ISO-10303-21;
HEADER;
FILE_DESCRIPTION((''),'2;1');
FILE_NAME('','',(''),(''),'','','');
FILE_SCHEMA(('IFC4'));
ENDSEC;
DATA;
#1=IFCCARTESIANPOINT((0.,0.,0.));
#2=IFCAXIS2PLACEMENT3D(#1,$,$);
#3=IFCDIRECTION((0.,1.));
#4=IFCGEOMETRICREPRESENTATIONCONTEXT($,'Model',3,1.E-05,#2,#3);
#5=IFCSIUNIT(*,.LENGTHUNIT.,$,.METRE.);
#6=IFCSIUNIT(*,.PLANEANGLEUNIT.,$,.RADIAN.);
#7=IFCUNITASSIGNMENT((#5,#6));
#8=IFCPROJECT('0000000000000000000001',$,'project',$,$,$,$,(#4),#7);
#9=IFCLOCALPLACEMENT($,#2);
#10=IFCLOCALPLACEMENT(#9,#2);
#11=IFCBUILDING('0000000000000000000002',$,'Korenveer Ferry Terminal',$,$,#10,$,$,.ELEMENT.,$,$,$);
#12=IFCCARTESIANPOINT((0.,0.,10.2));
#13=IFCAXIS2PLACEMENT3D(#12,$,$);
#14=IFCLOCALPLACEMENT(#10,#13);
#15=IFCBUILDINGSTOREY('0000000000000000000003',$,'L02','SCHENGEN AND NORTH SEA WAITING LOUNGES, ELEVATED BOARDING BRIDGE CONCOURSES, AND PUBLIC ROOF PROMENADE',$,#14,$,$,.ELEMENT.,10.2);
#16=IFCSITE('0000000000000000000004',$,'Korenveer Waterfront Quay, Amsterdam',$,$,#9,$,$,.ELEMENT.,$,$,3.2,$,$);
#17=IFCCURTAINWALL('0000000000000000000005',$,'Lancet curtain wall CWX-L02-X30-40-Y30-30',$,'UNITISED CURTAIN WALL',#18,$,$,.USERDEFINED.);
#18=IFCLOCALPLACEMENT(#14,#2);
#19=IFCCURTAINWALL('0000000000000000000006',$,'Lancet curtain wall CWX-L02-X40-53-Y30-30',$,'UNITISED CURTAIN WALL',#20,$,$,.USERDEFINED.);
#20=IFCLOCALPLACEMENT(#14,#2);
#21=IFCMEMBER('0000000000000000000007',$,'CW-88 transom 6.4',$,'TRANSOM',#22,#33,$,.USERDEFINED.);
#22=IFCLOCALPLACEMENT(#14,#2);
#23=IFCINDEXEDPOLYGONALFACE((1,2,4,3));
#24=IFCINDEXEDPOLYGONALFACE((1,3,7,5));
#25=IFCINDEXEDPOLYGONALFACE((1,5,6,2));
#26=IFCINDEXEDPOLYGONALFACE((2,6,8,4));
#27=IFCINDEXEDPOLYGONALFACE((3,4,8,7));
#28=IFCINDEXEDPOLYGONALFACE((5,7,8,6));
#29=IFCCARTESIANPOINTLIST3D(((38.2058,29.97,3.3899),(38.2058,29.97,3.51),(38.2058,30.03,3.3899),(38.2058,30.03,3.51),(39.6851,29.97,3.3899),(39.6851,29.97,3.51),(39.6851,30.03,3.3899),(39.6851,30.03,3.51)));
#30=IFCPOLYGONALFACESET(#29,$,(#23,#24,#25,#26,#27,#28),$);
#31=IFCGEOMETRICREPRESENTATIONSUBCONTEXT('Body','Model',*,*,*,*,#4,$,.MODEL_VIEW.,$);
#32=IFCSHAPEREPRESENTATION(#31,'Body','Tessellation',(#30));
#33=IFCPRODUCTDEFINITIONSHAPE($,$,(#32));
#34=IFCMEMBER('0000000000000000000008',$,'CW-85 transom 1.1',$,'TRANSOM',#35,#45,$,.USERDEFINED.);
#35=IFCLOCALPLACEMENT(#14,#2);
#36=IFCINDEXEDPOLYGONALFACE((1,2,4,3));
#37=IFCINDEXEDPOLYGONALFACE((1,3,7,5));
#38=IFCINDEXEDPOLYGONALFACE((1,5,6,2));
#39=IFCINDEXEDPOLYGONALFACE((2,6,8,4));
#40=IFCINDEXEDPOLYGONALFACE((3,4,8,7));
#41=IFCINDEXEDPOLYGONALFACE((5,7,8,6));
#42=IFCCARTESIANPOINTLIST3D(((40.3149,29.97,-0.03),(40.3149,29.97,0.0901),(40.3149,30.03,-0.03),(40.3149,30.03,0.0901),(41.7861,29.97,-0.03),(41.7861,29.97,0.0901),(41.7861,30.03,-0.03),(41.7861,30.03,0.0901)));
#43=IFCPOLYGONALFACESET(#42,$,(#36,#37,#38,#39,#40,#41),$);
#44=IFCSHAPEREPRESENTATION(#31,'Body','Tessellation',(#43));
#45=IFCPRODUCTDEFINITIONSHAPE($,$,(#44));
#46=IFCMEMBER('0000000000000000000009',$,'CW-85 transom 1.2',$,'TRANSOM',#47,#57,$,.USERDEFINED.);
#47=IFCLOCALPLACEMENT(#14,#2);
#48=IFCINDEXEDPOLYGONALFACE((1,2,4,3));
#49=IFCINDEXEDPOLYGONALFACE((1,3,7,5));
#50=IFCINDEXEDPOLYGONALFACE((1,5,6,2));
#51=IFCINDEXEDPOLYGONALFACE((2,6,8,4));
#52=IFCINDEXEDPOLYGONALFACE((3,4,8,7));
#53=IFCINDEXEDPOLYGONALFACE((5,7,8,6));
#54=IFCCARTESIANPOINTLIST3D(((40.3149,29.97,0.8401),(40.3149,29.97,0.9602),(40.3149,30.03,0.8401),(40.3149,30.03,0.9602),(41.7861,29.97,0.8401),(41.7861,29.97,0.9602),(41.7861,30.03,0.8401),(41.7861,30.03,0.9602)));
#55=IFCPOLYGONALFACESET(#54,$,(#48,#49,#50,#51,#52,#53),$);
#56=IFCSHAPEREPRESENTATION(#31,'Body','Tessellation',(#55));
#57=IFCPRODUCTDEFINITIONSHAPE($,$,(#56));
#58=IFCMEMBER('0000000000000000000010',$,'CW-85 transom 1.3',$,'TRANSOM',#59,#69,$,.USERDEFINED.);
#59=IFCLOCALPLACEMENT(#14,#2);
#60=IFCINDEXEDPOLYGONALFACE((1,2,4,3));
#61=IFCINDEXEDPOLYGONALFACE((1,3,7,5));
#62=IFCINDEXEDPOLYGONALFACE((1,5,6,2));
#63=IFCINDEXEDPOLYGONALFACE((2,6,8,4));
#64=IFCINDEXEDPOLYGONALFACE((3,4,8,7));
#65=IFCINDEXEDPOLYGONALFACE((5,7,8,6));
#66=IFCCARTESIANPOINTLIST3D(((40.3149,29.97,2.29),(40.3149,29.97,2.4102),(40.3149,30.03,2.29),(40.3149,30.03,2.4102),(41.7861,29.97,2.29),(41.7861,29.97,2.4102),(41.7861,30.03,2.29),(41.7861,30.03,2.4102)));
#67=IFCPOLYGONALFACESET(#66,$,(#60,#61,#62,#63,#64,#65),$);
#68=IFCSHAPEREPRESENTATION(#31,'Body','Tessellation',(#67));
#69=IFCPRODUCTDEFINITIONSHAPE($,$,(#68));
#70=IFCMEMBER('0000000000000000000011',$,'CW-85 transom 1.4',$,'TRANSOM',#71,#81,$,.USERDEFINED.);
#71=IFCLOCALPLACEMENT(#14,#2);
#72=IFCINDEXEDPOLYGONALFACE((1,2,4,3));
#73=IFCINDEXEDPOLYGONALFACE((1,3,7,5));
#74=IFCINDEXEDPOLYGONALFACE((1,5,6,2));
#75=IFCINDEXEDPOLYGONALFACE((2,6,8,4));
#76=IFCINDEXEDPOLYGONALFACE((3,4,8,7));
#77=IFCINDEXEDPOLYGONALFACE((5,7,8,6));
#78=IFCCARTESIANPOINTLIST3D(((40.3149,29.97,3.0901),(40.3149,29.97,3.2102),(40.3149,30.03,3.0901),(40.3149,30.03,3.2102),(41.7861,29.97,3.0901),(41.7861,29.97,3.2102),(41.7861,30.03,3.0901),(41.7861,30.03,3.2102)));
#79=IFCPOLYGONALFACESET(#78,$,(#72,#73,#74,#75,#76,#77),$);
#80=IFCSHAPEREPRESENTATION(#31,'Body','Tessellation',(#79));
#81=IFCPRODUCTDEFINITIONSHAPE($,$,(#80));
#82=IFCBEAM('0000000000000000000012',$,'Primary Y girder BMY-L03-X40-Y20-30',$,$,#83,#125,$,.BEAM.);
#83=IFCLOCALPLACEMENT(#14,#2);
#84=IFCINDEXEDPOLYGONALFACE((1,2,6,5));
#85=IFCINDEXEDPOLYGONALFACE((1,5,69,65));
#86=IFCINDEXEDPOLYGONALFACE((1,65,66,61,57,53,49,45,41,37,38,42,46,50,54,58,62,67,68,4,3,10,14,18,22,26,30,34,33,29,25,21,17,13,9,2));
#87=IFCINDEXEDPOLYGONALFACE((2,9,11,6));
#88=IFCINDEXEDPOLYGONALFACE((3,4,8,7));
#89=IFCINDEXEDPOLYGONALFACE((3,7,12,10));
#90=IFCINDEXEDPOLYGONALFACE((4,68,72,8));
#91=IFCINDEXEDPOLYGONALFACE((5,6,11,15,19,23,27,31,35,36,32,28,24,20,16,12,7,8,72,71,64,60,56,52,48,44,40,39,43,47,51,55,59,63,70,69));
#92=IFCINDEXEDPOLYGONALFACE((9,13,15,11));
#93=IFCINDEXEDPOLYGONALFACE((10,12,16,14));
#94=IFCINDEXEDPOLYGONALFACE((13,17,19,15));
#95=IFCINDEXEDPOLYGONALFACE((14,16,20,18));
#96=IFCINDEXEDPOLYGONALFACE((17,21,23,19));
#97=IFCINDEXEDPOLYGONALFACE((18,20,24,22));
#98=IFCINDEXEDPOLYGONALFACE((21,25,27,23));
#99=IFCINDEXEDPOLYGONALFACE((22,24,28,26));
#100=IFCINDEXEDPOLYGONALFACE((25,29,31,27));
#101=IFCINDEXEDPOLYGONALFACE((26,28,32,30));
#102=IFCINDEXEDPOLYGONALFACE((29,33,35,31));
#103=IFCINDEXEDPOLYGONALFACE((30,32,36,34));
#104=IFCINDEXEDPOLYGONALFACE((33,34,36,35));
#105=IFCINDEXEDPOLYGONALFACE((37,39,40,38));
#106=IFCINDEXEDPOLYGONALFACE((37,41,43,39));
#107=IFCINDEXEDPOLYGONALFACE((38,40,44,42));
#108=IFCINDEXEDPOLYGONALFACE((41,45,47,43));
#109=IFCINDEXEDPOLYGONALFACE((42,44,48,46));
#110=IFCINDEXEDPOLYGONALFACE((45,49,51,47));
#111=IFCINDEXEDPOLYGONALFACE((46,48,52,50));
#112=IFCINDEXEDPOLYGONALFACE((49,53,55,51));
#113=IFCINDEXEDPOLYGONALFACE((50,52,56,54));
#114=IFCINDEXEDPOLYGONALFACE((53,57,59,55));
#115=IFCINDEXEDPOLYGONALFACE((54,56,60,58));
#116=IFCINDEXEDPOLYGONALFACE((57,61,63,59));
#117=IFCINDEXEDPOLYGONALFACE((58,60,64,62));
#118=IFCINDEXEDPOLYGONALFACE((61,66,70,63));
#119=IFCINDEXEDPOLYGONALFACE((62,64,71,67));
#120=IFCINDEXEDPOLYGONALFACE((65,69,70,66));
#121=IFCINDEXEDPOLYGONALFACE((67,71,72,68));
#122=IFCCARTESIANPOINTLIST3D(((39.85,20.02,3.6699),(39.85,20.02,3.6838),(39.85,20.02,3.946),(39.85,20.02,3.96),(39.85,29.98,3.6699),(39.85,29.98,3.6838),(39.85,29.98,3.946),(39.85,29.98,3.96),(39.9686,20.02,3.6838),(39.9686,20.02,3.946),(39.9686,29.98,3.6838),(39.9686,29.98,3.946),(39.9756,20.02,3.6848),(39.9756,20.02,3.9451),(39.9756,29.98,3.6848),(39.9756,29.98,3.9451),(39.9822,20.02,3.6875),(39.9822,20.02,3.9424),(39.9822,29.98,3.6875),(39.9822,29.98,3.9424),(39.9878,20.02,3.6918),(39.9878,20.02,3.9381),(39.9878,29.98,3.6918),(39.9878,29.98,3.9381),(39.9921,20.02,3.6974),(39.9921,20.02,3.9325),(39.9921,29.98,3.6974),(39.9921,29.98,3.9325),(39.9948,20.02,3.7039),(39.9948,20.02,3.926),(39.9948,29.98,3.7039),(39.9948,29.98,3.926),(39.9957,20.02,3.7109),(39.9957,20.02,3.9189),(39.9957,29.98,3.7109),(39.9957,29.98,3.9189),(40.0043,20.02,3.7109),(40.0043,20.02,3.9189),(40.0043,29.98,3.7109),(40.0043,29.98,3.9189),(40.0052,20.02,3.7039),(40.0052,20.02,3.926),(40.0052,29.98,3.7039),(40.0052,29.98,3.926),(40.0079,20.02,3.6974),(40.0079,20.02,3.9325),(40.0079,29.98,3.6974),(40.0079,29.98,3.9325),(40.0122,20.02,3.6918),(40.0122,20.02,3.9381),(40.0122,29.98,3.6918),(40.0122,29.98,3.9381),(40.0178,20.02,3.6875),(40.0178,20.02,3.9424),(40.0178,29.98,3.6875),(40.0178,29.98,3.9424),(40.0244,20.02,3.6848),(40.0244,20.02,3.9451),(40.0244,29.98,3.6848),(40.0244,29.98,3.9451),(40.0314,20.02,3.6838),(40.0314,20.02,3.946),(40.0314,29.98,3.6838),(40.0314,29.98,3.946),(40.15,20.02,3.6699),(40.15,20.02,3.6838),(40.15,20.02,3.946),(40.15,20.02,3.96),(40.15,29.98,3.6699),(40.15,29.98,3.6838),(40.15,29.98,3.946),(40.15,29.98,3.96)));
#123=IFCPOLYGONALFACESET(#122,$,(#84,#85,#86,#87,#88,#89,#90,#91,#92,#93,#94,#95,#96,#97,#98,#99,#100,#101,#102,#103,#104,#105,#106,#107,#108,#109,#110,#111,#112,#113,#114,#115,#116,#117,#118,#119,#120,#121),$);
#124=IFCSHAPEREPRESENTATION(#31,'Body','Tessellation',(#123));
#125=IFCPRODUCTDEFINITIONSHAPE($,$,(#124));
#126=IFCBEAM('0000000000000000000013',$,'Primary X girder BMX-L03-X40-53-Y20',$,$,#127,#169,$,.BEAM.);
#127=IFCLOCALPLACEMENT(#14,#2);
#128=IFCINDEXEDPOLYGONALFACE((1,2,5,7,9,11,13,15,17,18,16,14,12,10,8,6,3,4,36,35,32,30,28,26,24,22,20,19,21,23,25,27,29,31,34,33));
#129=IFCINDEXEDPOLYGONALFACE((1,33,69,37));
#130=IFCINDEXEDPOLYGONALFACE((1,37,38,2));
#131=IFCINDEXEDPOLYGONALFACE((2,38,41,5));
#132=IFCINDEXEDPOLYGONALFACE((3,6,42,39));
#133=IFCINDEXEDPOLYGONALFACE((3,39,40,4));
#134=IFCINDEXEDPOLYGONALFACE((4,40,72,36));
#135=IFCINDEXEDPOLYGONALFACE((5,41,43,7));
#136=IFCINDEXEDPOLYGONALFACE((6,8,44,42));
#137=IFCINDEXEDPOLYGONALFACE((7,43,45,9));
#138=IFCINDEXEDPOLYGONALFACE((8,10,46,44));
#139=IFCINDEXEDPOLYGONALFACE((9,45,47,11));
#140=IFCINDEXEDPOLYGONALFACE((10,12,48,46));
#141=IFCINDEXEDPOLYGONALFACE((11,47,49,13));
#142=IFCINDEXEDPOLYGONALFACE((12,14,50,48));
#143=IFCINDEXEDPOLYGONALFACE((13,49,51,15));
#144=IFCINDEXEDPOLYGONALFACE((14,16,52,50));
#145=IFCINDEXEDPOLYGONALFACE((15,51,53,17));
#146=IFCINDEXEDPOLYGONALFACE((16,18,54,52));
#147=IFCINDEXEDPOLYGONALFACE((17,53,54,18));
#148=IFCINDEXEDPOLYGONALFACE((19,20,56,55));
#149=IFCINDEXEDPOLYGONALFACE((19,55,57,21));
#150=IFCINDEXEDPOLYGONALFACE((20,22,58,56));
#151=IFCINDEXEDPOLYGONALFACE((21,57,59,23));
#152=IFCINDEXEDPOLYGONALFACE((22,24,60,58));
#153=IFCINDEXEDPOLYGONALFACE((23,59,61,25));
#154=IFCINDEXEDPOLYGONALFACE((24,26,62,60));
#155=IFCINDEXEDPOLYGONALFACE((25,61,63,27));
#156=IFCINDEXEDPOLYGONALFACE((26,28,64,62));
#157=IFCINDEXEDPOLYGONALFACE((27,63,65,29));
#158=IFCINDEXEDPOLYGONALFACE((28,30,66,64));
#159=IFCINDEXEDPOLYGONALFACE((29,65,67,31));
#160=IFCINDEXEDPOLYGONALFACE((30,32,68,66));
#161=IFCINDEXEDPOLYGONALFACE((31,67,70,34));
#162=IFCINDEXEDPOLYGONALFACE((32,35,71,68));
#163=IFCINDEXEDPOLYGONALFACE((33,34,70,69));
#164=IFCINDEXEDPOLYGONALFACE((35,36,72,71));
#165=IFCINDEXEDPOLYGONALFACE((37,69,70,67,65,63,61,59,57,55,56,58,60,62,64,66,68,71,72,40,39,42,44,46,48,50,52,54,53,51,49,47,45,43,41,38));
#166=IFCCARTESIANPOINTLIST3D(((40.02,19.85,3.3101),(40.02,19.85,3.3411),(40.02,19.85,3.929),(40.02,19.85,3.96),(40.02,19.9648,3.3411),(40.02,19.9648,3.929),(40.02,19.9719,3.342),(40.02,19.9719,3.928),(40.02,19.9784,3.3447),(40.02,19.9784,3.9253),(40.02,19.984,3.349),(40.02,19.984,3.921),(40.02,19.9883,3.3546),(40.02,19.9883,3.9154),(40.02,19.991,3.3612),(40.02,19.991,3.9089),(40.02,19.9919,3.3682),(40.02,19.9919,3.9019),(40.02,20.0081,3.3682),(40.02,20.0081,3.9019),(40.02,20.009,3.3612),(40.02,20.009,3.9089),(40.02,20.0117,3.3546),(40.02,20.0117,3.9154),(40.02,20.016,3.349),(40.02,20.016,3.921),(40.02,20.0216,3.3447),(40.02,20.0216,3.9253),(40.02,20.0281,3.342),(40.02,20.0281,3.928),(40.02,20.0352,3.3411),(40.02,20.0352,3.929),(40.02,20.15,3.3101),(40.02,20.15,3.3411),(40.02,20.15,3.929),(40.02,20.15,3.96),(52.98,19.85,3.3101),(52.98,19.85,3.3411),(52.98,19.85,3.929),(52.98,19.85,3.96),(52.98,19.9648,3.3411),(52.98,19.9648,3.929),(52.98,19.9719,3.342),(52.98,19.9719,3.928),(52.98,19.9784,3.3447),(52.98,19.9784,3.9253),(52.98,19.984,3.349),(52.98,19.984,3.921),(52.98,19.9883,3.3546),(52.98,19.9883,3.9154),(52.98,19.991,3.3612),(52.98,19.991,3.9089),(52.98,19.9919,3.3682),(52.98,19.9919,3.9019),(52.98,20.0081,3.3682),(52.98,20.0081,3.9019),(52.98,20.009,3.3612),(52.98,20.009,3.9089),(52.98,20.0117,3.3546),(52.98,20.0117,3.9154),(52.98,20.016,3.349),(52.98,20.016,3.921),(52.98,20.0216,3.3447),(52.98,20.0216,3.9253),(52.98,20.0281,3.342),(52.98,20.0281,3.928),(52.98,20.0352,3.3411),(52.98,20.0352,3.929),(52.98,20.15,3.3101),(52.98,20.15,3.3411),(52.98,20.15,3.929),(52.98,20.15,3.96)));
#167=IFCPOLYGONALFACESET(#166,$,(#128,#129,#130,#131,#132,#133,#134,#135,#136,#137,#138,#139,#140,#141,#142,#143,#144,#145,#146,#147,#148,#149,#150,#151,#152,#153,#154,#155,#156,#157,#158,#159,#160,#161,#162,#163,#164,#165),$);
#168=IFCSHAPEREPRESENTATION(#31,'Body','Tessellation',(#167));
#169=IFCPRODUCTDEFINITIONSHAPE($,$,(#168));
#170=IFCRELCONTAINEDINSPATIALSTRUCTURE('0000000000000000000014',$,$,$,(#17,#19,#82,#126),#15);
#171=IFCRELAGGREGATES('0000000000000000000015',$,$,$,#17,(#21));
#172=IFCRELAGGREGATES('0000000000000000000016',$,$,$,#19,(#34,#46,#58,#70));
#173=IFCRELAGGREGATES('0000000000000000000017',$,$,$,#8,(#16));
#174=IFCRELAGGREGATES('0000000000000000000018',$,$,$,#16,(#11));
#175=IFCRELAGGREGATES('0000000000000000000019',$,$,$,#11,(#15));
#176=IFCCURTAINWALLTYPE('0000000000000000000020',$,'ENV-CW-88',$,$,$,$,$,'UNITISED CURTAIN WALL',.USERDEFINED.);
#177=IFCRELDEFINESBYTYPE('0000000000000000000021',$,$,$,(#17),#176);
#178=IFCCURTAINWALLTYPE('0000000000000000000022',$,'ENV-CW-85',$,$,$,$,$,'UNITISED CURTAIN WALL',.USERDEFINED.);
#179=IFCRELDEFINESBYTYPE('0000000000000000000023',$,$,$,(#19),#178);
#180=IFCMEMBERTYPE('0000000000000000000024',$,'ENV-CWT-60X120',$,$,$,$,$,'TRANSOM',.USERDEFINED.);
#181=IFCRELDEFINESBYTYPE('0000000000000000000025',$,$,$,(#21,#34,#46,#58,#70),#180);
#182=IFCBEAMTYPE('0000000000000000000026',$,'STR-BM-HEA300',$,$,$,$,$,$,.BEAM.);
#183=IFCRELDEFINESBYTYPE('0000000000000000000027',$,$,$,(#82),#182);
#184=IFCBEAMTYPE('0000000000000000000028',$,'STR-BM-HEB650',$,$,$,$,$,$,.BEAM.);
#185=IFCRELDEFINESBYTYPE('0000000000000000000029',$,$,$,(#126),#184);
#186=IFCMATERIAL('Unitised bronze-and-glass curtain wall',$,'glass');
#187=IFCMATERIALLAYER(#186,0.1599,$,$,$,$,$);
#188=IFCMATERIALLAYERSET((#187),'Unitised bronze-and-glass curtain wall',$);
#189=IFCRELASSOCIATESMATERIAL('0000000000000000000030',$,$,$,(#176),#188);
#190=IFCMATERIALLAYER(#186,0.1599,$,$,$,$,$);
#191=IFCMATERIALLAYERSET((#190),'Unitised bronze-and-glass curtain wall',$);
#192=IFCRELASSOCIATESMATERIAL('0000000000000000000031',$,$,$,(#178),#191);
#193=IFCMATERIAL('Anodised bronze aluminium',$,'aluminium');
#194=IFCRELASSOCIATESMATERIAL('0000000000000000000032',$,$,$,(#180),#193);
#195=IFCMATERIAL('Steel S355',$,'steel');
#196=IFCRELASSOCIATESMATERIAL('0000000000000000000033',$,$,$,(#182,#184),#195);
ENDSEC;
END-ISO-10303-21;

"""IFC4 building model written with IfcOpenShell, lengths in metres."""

from ifc_helpers import new_model, si_unit, direction, frame, origin, origin_2d, place, context, subcontext, project, spatial, rectangle, i_section, extrude, material, layer, layer_set, material_profile, profile_set, type_object, element, aggregate, save


model = new_model("IFC4")

# Units and contexts
model_context = context("Model", 3, precision=1e-05, world=origin(), true_north=direction((0.0, 1.0)))
body_context = subcontext(model_context, "Body", "Model", "MODEL_VIEW")
ifc_project = project(units=[si_unit("LENGTHUNIT", "METRE"), si_unit("PLANEANGLEUNIT", "RADIAN")], contexts=[model_context])

# Site, building, storey
site_placement = place(None, origin())
site = spatial("IfcSite", under=ifc_project, at=site_placement, Name="Korenveer Waterfront Quay, Amsterdam", CompositionType="ELEMENT", RefElevation=3.2)
building_placement = place(site_placement, origin())
building = spatial("IfcBuilding", under=site, at=building_placement, Name="Korenveer Ferry Terminal", CompositionType="ELEMENT")
storey_placement = place(building_placement, frame((0.0, 0.0, 10.2)))
storey = spatial("IfcBuildingStorey", under=building, at=storey_placement, Name="L02", Description="SCHENGEN AND NORTH SEA WAITING LOUNGES, ELEVATED BOARDING BRIDGE CONCOURSES, AND PUBLIC ROOF PROMENADE", CompositionType="ELEMENT", Elevation=10.2)

# Curtain wall
ifc_material_1 = material(Name="Unitised bronze-and-glass curtain wall", Category="glass")
ifc_material_2 = material(Name="Anodised bronze aluminium", Category="aluminium")
ifc_layer_1 = layer(ifc_material_1, 0.1599)
ifc_layer_set_1 = layer_set([ifc_layer_1], Name="Unitised bronze-and-glass curtain wall")
curtain_wall_type_1 = type_object("IfcCurtainWallType", Name="ENV-CW-88", ElementType="UNITISED CURTAIN WALL", PredefinedType="USERDEFINED", material=ifc_layer_set_1)
curtain_wall_1_placement = place(storey_placement, frame((30.3301, 30.0, 0.0)))
curtain_wall_1 = element("IfcCurtainWall", 1, at=curtain_wall_1_placement, inside=storey, type_object=curtain_wall_type_1, Name="Lancet curtain wall CWX-L02-X30-40-Y30-30", ObjectType="UNITISED CURTAIN WALL", PredefinedType="USERDEFINED")

# Curtain wall
ifc_layer_2 = layer(ifc_material_1, 0.1599)
ifc_layer_set_2 = layer_set([ifc_layer_2], Name="Unitised bronze-and-glass curtain wall")
curtain_wall_type_2 = type_object("IfcCurtainWallType", Name="ENV-CW-85", ElementType="UNITISED CURTAIN WALL", PredefinedType="USERDEFINED", material=ifc_layer_set_2)
curtain_wall_2_placement = place(storey_placement, frame((40.2549, 30.0, 0.0)))
curtain_wall_2 = element("IfcCurtainWall", 2, at=curtain_wall_2_placement, inside=storey, type_object=curtain_wall_type_2, Name="Lancet curtain wall CWX-L02-X40-53-Y30-30", ObjectType="UNITISED CURTAIN WALL", PredefinedType="USERDEFINED")

# Members
ifc_material_profile_1 = material_profile(ifc_material_2, rectangle(XDim=0.0601, YDim=0.1201, at=origin_2d()), Name="ALU 60x120")
ifc_profile_set_1 = profile_set([ifc_material_profile_1], Name="Anodised bronze aluminium")
member_type_1 = type_object("IfcMemberType", Name="ENV-CWT-60X120", ElementType="TRANSOM", PredefinedType="USERDEFINED", material=ifc_profile_set_1)
member_1_placement = place(storey_placement, frame((38.2058, 30.0, 3.45), z_axis=(1.0, 0.0, 0.0), x_axis=(0.0, 1.0, 0.0)))
member_1 = element("IfcMember", 3, at=member_1_placement, type_object=member_type_1, Name="CW-88 transom 6.4", ObjectType="TRANSOM", PredefinedType="USERDEFINED", context=body_context, shape_type="SweptSolid", body=[
    extrude(rectangle(XDim=0.0601, YDim=0.1201, at=origin_2d()), origin(), (0.0, 0.0, 1.0), 1.4792),
])
member_2_placement = place(storey_placement, frame((40.3149, 30.0, 0.03), z_axis=(1.0, 0.0, 0.0), x_axis=(0.0, 1.0, 0.0)))
member_2 = element("IfcMember", 4, at=member_2_placement, type_object=member_type_1, Name="CW-85 transom 1.1", ObjectType="TRANSOM", PredefinedType="USERDEFINED", context=body_context, shape_type="SweptSolid", body=[
    extrude(rectangle(XDim=0.0601, YDim=0.1201, at=origin_2d()), origin(), (0.0, 0.0, 1.0), 1.4712),
])
member_3_placement = place(storey_placement, frame((40.3149, 30.0, 0.9001), z_axis=(1.0, 0.0, 0.0), x_axis=(0.0, 1.0, 0.0)))
member_3 = element("IfcMember", 5, at=member_3_placement, type_object=member_type_1, Name="CW-85 transom 1.2", ObjectType="TRANSOM", PredefinedType="USERDEFINED", context=body_context, shape_type="SweptSolid", body=[
    extrude(rectangle(XDim=0.0601, YDim=0.1201, at=origin_2d()), origin(), (0.0, 0.0, 1.0), 1.4712),
])
member_4_placement = place(storey_placement, frame((40.3149, 30.0, 2.3501), z_axis=(1.0, 0.0, 0.0), x_axis=(0.0, 1.0, 0.0)))
member_4 = element("IfcMember", 6, at=member_4_placement, type_object=member_type_1, Name="CW-85 transom 1.3", ObjectType="TRANSOM", PredefinedType="USERDEFINED", context=body_context, shape_type="SweptSolid", body=[
    extrude(rectangle(XDim=0.0601, YDim=0.1201, at=origin_2d()), origin(), (0.0, 0.0, 1.0), 1.4712),
])
member_5_placement = place(storey_placement, frame((40.3149, 30.0, 3.1501), z_axis=(1.0, 0.0, 0.0), x_axis=(0.0, 1.0, 0.0)))
member_5 = element("IfcMember", 7, at=member_5_placement, type_object=member_type_1, Name="CW-85 transom 1.4", ObjectType="TRANSOM", PredefinedType="USERDEFINED", context=body_context, shape_type="SweptSolid", body=[
    extrude(rectangle(XDim=0.0601, YDim=0.1201, at=origin_2d()), origin(), (0.0, 0.0, 1.0), 1.4712),
])

# Beams
ifc_material_3 = material(Name="Steel S355", Category="steel")
ifc_material_profile_2 = material_profile(ifc_material_3, i_section(OverallWidth=0.3, OverallDepth=0.29, WebThickness=0.0085, FlangeThickness=0.0139, FilletRadius=0.0271, at=origin_2d()), Name="HEA 300")
ifc_profile_set_2 = profile_set([ifc_material_profile_2], Name="Steel S355")
beam_type_1 = type_object("IfcBeamType", Name="STR-BM-HEA300", PredefinedType="BEAM", material=ifc_profile_set_2)
beam_1_placement = place(storey_placement, frame((40.0, 20.02, 3.8149), z_axis=(0.0, 1.0, 0.0), x_axis=(-1.0, 0.0, 0.0)))
element("IfcBeam", 8, at=beam_1_placement, inside=storey, type_object=beam_type_1, Name="Primary Y girder BMY-L03-X40-Y20-30", PredefinedType="BEAM", context=body_context, shape_type="SweptSolid", body=[
    extrude(i_section(OverallWidth=0.3, OverallDepth=0.29, WebThickness=0.0085, FlangeThickness=0.0139, FilletRadius=0.0271, at=origin_2d()), origin(), (0.0, 0.0, 1.0), 9.96),
])
ifc_material_profile_3 = material_profile(ifc_material_3, i_section(OverallWidth=0.3, OverallDepth=0.6499, WebThickness=0.0161, FlangeThickness=0.031, FilletRadius=0.0271, at=origin_2d()), Name="HEB 650")
ifc_profile_set_3 = profile_set([ifc_material_profile_3], Name="Steel S355")
beam_type_2 = type_object("IfcBeamType", Name="STR-BM-HEB650", PredefinedType="BEAM", material=ifc_profile_set_3)
for number, where, z_axis, x_axis, name in (
    (9, (40.02, 20.0, 3.635), (1.0, 0.0, 0.0), (0.0, 1.0, 0.0), "Primary X girder BMX-L03-X40-53-Y20"),
):
    element("IfcBeam", number, at=place(storey_placement, frame(where, z_axis=z_axis, x_axis=x_axis)), inside=storey, type_object=beam_type_2, Name=name, PredefinedType="BEAM", context=body_context, shape_type="SweptSolid", body=[
        extrude(i_section(OverallWidth=0.3, OverallDepth=0.6499, WebThickness=0.0161, FlangeThickness=0.031, FilletRadius=0.0271, at=origin_2d()), origin(), (0.0, 0.0, 1.0), 12.96),
    ])

aggregate(curtain_wall_1, [member_1])
aggregate(curtain_wall_2, [member_2, member_3, member_4, member_5])

save(model, "model.ifc")
